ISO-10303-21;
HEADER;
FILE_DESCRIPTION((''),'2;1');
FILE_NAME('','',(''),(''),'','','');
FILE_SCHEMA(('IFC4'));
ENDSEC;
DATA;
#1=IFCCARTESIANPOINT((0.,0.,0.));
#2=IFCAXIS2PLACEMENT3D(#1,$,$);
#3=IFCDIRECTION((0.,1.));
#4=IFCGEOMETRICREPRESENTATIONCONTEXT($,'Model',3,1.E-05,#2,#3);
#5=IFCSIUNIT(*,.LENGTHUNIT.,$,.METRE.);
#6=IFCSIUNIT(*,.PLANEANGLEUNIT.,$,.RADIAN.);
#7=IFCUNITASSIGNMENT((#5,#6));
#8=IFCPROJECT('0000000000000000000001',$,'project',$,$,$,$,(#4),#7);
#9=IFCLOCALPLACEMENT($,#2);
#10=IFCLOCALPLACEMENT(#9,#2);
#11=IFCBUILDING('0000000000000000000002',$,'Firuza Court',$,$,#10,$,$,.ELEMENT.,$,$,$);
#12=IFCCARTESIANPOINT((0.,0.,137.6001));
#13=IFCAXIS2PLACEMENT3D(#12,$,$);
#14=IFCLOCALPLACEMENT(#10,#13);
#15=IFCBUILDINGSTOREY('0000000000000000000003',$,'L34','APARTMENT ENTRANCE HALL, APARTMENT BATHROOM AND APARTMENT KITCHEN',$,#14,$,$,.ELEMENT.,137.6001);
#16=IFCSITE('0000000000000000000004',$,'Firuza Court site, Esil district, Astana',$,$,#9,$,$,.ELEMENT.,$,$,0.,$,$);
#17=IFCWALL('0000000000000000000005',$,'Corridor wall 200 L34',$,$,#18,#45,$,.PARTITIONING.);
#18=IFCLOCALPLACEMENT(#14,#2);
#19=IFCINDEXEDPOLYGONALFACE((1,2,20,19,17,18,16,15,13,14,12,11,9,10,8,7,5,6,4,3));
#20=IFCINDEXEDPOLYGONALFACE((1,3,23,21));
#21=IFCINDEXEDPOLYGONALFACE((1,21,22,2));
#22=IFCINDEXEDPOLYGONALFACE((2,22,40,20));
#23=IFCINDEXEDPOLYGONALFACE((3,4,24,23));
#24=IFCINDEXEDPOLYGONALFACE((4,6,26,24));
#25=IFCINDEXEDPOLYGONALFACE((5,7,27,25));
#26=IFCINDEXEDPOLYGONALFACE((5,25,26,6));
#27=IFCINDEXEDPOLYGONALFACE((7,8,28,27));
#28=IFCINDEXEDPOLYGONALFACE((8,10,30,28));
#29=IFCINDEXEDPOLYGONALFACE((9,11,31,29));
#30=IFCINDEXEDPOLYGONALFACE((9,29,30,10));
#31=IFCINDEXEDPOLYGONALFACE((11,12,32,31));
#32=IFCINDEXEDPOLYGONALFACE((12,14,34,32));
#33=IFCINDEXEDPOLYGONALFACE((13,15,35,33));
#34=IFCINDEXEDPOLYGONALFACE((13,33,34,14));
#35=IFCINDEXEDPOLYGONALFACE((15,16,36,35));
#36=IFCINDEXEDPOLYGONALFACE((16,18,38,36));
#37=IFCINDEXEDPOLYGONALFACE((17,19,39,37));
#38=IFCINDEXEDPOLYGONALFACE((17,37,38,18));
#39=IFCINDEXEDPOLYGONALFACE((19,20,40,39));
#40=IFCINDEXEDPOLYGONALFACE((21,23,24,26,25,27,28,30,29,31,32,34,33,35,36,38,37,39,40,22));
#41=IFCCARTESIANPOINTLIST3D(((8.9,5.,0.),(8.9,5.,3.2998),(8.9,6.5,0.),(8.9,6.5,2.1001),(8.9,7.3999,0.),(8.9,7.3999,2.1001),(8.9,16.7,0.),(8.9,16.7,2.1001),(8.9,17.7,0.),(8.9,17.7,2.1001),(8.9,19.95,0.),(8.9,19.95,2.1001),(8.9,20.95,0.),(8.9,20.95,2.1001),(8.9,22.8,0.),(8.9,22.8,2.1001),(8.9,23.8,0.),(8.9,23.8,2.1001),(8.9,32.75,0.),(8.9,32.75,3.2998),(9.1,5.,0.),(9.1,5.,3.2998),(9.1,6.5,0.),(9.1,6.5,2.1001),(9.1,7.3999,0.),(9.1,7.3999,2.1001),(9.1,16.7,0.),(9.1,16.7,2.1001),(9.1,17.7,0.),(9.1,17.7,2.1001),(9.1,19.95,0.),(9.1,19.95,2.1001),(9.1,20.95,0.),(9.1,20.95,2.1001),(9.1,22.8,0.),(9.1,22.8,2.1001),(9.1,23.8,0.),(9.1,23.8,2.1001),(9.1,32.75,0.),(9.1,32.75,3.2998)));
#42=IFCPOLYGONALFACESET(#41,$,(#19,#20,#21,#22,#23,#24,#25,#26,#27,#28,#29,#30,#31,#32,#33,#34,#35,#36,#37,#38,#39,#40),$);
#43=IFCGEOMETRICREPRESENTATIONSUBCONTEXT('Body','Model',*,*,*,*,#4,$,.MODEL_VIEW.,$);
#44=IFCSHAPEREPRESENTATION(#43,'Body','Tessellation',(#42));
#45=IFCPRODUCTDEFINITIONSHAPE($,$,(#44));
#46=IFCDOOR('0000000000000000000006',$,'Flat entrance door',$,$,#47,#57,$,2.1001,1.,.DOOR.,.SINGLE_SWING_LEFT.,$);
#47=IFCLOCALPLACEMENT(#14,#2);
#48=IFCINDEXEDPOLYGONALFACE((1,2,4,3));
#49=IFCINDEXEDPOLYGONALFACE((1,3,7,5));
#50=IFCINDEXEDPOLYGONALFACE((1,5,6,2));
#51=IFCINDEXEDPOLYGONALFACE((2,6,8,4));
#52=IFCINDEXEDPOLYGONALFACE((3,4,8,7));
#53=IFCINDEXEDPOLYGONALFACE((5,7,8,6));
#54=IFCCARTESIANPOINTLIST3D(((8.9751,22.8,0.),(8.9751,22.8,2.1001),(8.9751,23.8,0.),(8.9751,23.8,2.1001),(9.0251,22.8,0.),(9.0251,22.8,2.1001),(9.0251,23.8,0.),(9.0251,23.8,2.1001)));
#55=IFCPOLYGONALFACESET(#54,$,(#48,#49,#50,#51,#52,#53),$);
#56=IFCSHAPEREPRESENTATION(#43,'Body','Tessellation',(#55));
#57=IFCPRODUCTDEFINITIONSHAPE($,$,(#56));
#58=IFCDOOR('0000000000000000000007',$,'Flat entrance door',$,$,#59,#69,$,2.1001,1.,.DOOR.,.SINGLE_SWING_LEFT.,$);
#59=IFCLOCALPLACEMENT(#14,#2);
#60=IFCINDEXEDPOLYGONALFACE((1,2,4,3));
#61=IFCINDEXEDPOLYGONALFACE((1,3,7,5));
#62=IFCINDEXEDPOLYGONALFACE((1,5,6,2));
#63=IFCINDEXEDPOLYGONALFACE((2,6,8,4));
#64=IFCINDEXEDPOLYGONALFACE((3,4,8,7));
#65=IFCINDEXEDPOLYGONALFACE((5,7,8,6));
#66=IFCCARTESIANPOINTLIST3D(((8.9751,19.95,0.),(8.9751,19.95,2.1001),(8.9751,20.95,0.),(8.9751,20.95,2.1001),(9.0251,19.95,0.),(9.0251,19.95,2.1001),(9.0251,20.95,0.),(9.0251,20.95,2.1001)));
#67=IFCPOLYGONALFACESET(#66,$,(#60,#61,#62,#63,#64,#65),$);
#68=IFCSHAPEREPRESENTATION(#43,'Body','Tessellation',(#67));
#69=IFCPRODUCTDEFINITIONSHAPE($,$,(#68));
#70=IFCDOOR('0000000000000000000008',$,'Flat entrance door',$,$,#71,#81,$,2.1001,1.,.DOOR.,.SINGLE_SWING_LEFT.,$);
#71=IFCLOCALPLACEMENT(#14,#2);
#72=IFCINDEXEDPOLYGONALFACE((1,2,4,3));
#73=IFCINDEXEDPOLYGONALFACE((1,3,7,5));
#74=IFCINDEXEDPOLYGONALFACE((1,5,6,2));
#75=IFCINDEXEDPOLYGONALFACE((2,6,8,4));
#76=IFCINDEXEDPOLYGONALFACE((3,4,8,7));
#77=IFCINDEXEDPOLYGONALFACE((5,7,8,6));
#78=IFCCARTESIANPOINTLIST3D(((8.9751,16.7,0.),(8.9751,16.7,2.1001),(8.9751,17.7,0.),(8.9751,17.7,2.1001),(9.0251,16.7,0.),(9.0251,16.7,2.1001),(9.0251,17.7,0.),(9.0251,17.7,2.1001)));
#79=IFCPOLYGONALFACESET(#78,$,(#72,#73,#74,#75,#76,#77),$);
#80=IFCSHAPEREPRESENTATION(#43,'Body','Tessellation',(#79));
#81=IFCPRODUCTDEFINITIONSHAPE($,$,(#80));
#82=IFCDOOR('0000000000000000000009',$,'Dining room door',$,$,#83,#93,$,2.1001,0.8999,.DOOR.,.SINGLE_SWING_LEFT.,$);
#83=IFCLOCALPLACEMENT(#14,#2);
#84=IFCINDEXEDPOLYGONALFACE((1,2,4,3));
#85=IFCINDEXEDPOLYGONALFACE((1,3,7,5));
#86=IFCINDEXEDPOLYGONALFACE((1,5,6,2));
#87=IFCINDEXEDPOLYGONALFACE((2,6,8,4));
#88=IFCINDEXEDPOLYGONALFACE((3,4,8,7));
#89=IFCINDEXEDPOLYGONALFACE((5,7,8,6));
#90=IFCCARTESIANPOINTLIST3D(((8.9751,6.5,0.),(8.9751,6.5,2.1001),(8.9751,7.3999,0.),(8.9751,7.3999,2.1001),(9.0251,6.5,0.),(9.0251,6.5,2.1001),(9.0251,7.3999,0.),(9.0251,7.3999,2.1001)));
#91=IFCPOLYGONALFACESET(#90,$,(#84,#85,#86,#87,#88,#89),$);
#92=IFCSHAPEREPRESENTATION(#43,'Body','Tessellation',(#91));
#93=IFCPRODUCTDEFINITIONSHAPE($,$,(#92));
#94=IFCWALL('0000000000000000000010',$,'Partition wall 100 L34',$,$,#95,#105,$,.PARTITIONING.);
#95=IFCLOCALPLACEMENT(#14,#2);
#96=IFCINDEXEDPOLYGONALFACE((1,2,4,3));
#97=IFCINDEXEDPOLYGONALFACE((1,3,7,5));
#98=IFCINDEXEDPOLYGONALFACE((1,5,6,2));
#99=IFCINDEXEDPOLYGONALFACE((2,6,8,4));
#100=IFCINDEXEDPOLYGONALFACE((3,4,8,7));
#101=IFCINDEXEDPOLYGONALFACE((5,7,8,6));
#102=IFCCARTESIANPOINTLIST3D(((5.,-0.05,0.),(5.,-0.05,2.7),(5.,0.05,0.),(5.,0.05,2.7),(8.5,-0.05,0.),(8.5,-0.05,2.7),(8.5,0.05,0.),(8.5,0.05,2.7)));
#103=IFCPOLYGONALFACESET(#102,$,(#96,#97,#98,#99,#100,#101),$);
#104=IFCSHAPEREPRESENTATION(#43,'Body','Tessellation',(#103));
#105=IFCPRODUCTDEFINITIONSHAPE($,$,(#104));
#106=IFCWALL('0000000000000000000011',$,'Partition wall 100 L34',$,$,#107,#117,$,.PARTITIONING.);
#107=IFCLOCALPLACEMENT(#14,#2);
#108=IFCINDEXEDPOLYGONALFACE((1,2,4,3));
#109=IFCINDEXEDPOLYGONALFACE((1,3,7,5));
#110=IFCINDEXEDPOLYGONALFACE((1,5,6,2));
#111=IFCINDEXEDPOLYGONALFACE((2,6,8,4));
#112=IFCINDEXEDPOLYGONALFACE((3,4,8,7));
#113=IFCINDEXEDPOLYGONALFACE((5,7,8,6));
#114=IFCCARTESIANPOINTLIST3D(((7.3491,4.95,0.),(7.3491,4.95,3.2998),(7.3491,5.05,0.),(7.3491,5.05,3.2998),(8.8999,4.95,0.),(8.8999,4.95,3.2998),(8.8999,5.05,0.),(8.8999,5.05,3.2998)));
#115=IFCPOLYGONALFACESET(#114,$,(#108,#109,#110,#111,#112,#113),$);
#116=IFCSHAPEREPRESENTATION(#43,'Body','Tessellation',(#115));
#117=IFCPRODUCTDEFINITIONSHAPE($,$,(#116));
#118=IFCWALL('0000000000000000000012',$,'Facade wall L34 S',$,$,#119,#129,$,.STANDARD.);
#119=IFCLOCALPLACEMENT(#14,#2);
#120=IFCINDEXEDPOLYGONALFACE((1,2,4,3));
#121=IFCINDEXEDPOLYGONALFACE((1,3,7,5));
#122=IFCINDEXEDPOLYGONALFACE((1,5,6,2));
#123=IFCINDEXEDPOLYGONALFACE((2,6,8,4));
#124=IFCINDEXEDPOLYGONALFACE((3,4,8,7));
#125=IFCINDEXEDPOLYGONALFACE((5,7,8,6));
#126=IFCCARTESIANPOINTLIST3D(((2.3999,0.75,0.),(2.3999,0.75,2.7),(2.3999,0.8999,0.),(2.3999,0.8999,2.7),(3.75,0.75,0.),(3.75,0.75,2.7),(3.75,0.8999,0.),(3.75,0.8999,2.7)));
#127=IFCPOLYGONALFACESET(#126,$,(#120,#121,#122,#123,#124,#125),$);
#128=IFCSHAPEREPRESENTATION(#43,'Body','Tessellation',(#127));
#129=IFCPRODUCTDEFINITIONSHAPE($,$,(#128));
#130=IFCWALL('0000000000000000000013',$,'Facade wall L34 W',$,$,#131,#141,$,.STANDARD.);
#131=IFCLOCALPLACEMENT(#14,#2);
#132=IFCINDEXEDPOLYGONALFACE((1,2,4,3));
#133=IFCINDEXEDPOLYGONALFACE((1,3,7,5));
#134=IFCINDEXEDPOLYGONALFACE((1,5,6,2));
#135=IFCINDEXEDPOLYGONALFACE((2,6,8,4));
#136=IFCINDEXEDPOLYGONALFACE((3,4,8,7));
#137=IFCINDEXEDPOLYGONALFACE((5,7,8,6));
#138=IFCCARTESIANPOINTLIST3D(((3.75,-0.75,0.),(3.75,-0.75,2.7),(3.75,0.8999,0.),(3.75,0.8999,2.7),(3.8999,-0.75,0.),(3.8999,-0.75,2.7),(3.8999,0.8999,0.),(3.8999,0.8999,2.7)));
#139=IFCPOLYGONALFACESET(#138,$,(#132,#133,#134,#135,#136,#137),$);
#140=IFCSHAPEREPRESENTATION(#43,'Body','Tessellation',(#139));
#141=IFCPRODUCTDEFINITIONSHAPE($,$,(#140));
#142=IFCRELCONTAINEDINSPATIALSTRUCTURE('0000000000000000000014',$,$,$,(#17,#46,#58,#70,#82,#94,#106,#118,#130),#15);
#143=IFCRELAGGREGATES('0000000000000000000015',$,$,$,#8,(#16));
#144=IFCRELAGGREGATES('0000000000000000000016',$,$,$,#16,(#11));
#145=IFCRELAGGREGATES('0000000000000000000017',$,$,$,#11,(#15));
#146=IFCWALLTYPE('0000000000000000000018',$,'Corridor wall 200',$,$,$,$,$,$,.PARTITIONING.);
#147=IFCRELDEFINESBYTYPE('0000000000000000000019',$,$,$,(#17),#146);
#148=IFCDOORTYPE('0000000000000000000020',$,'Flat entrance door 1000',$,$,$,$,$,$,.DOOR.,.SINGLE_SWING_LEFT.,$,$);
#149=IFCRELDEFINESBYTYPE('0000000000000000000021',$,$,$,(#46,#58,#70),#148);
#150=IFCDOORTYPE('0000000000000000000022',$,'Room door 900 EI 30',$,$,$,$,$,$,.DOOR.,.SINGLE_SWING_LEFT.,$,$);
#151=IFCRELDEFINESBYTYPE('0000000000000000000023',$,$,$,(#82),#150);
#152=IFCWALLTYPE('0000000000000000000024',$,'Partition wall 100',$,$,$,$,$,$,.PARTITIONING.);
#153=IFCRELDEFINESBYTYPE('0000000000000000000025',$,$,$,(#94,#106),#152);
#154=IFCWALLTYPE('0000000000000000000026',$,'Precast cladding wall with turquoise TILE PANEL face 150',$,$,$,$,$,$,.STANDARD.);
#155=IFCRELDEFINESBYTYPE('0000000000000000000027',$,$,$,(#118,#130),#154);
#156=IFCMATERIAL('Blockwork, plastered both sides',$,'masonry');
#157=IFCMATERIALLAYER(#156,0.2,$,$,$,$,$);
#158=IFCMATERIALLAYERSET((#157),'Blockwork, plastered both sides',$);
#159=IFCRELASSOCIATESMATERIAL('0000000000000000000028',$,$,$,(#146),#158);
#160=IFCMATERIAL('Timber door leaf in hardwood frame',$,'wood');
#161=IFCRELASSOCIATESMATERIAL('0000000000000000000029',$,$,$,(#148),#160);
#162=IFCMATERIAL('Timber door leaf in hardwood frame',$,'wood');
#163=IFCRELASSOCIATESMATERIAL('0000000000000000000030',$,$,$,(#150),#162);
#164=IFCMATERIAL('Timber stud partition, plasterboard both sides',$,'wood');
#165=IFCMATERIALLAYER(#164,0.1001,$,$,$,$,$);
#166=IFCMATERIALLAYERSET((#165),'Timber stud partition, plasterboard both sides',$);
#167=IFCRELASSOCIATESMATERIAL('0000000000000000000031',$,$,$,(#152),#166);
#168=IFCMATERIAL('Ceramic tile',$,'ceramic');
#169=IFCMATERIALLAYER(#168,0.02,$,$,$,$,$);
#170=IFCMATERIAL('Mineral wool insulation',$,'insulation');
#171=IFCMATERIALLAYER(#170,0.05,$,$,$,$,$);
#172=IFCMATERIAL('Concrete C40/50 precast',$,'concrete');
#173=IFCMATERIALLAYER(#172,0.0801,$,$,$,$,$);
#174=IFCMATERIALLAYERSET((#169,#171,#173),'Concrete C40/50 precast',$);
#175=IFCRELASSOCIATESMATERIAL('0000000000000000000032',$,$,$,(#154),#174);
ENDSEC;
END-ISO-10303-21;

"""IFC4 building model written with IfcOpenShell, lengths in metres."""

from ifc_helpers import new_model, si_unit, direction, frame, frame_2d, origin, place, context, subcontext, project, spatial, rectangle, extrude, material, layer, layer_set, type_object, element, fill, save


model = new_model("IFC4")

# Units and contexts
model_context = context("Model", 3, precision=1e-05, world=origin(), true_north=direction((0.0, 1.0)))
body_context = subcontext(model_context, "Body", "Model", "MODEL_VIEW")
ifc_project = project(units=[si_unit("LENGTHUNIT", "METRE"), si_unit("PLANEANGLEUNIT", "RADIAN")], contexts=[model_context])

# Site, building, storey
site_placement = place(None, origin())
site = spatial("IfcSite", under=ifc_project, at=site_placement, Name="Firuza Court site, Esil district, Astana", CompositionType="ELEMENT", RefElevation=0.0)
building_placement = place(site_placement, origin())
building = spatial("IfcBuilding", under=site, at=building_placement, Name="Firuza Court", CompositionType="ELEMENT")
storey_placement = place(building_placement, frame((0.0, 0.0, 137.6001)))
storey = spatial("IfcBuildingStorey", under=building, at=storey_placement, Name="L34", Description="APARTMENT ENTRANCE HALL, APARTMENT BATHROOM AND APARTMENT KITCHEN", CompositionType="ELEMENT", Elevation=137.6001)

# Wall, openings, doors
ifc_material_1 = material(Name="Blockwork, plastered both sides", Category="masonry")
ifc_layer_1 = layer(ifc_material_1, 0.2)
ifc_layer_set_1 = layer_set([ifc_layer_1], Name="Blockwork, plastered both sides")
wall_type_1 = type_object("IfcWallType", Name="Corridor wall 200", PredefinedType="PARTITIONING", material=ifc_layer_set_1)
wall_1_placement = place(storey_placement, frame((9.0, 5.0, 0.0), z_axis=(0.0, 0.0, 1.0), x_axis=(0.0, 1.0, 0.0)))
wall_1 = element("IfcWall", 1, at=wall_1_placement, inside=storey, type_object=wall_type_1, Name="Corridor wall 200 L34", PredefinedType="PARTITIONING", context=body_context, shape_type="SweptSolid", body=[
    extrude(rectangle(XDim=27.75, YDim=0.2, at=frame_2d((13.875, 0.0))), origin(), (0.0, 0.0, 1.0), 3.2998),
])
opening_1_placement = place(wall_1_placement, frame((17.8, 0.0, 0.0)))
opening_1 = element("IfcOpeningElement", 2, at=opening_1_placement, cuts=wall_1, PredefinedType="OPENING", context=body_context, shape_type="SweptSolid", body=[
    extrude(rectangle(XDim=1.0, YDim=2.1001, at=frame_2d((0.5, 1.05))), frame((0.0, 0.1118, 0.0), z_axis=(0.0, -1.0, 0.0), x_axis=(1.0, 0.0, 0.0)), (0.0, 0.0, 1.0), 0.2239),
])
opening_2_placement = place(wall_1_placement, frame((14.95, 0.0, 0.0)))
opening_2 = element("IfcOpeningElement", 3, at=opening_2_placement, cuts=wall_1, PredefinedType="OPENING", context=body_context, shape_type="SweptSolid", body=[
    extrude(rectangle(XDim=1.0, YDim=2.1001, at=frame_2d((0.5, 1.05))), frame((0.0, 0.1118, 0.0), z_axis=(0.0, -1.0, 0.0), x_axis=(1.0, 0.0, 0.0)), (0.0, 0.0, 1.0), 0.2239),
])
opening_3_placement = place(wall_1_placement, frame((11.7, 0.0, 0.0)))
opening_3 = element("IfcOpeningElement", 4, at=opening_3_placement, cuts=wall_1, PredefinedType="OPENING", context=body_context, shape_type="SweptSolid", body=[
    extrude(rectangle(XDim=1.0, YDim=2.1001, at=frame_2d((0.5, 1.05))), frame((0.0, 0.1118, 0.0), z_axis=(0.0, -1.0, 0.0), x_axis=(1.0, 0.0, 0.0)), (0.0, 0.0, 1.0), 0.2239),
])
opening_4_placement = place(wall_1_placement, frame((1.5, 0.0, 0.0)))
opening_4 = element("IfcOpeningElement", 5, at=opening_4_placement, cuts=wall_1, PredefinedType="OPENING", context=body_context, shape_type="SweptSolid", body=[
    extrude(rectangle(XDim=0.8999, YDim=2.1001, at=frame_2d((0.45, 1.05))), frame((0.0, 0.1118, 0.0), z_axis=(0.0, -1.0, 0.0), x_axis=(1.0, 0.0, 0.0)), (0.0, 0.0, 1.0), 0.2239),
])
ifc_material_2 = material(Name="Timber door leaf in hardwood frame", Category="wood")
door_type_1 = type_object("IfcDoorType", Name="Flat entrance door 1000", OperationType="SINGLE_SWING_LEFT", PredefinedType="DOOR", material=ifc_material_2)
door_1_placement = place(opening_1_placement, origin())
door_1 = element("IfcDoor", 6, at=door_1_placement, inside=storey, type_object=door_type_1, Name="Flat entrance door", OperationType="SINGLE_SWING_LEFT", OverallHeight=2.1001, OverallWidth=1.0, PredefinedType="DOOR", context=body_context, shape_type="SweptSolid", body=[
    extrude(rectangle(XDim=1.0, YDim=2.1001, at=frame_2d((0.5, 1.05))), frame((0.0, 0.0249, 0.0), z_axis=(0.0, -1.0, 0.0), x_axis=(1.0, 0.0, 0.0)), (0.0, 0.0, 1.0), 0.05),
])
fill(opening_1, door_1)
door_2_placement = place(opening_2_placement, origin())
door_2 = element("IfcDoor", 7, at=door_2_placement, inside=storey, type_object=door_type_1, Name="Flat entrance door", OperationType="SINGLE_SWING_LEFT", OverallHeight=2.1001, OverallWidth=1.0, PredefinedType="DOOR", context=body_context, shape_type="SweptSolid", body=[
    extrude(rectangle(XDim=1.0, YDim=2.1001, at=frame_2d((0.5, 1.05))), frame((0.0, 0.0249, 0.0), z_axis=(0.0, -1.0, 0.0), x_axis=(1.0, 0.0, 0.0)), (0.0, 0.0, 1.0), 0.05),
])
fill(opening_2, door_2)
door_3_placement = place(opening_3_placement, origin())
door_3 = element("IfcDoor", 8, at=door_3_placement, inside=storey, type_object=door_type_1, Name="Flat entrance door", OperationType="SINGLE_SWING_LEFT", OverallHeight=2.1001, OverallWidth=1.0, PredefinedType="DOOR", context=body_context, shape_type="SweptSolid", body=[
    extrude(rectangle(XDim=1.0, YDim=2.1001, at=frame_2d((0.5, 1.05))), frame((0.0, 0.0249, 0.0), z_axis=(0.0, -1.0, 0.0), x_axis=(1.0, 0.0, 0.0)), (0.0, 0.0, 1.0), 0.05),
])
fill(opening_3, door_3)
ifc_material_3 = material(Name="Timber door leaf in hardwood frame", Category="wood")
door_type_2 = type_object("IfcDoorType", Name="Room door 900 EI 30", OperationType="SINGLE_SWING_LEFT", PredefinedType="DOOR", material=ifc_material_3)
door_4_placement = place(opening_4_placement, origin())
door_4 = element("IfcDoor", 9, at=door_4_placement, inside=storey, type_object=door_type_2, Name="Dining room door", OperationType="SINGLE_SWING_LEFT", OverallHeight=2.1001, OverallWidth=0.8999, PredefinedType="DOOR", context=body_context, shape_type="SweptSolid", body=[
    extrude(rectangle(XDim=0.8999, YDim=2.1001, at=frame_2d((0.45, 1.05))), frame((0.0, 0.0249, 0.0), z_axis=(0.0, -1.0, 0.0), x_axis=(1.0, 0.0, 0.0)), (0.0, 0.0, 1.0), 0.05),
])
fill(opening_4, door_4)

# Walls
ifc_material_4 = material(Name="Timber stud partition, plasterboard both sides", Category="wood")
ifc_layer_2 = layer(ifc_material_4, 0.1001)
ifc_layer_set_2 = layer_set([ifc_layer_2], Name="Timber stud partition, plasterboard both sides")
wall_type_2 = type_object("IfcWallType", Name="Partition wall 100", PredefinedType="PARTITIONING", material=ifc_layer_set_2)
wall_2_placement = place(storey_placement, frame((5.0, 0.0, 0.0), z_axis=(0.0, 0.0, 1.0), x_axis=(1.0, 0.0, 0.0)))
element("IfcWall", 10, at=wall_2_placement, inside=storey, type_object=wall_type_2, Name="Partition wall 100 L34", PredefinedType="PARTITIONING", context=body_context, shape_type="SweptSolid", body=[
    extrude(rectangle(XDim=3.5, YDim=0.1001, at=frame_2d((1.75, 0.0))), origin(), (0.0, 0.0, 1.0), 2.7),
])
wall_3_placement = place(storey_placement, frame((7.3491, 5.0, 0.0), z_axis=(0.0, 0.0, 1.0), x_axis=(1.0, 0.0, 0.0)))
element("IfcWall", 11, at=wall_3_placement, inside=storey, type_object=wall_type_2, Name="Partition wall 100 L34", PredefinedType="PARTITIONING", context=body_context, shape_type="SweptSolid", body=[
    extrude(rectangle(XDim=1.5508, YDim=0.1001, at=frame_2d((0.7754, 0.0))), origin(), (0.0, 0.0, 1.0), 3.2998),
])
ifc_material_5 = material(Name="Ceramic tile", Category="ceramic")
ifc_layer_3 = layer(ifc_material_5, 0.02)
ifc_material_6 = material(Name="Mineral wool insulation", Category="insulation")
ifc_layer_4 = layer(ifc_material_6, 0.05)
ifc_material_7 = material(Name="Concrete C40/50 precast", Category="concrete")
ifc_layer_5 = layer(ifc_material_7, 0.0801)
ifc_layer_set_3 = layer_set([ifc_layer_3, ifc_layer_4, ifc_layer_5], Name="Concrete C40/50 precast")
wall_type_3 = type_object("IfcWallType", Name="Precast cladding wall with turquoise TILE PANEL face 150", PredefinedType="STANDARD", material=ifc_layer_set_3)
wall_4_placement = place(storey_placement, frame((2.3999, 0.825, 0.0), z_axis=(0.0, 0.0, 1.0), x_axis=(1.0, 0.0, 0.0)))
element("IfcWall", 12, at=wall_4_placement, inside=storey, type_object=wall_type_3, Name="Facade wall L34 S", PredefinedType="STANDARD", context=body_context, shape_type="SweptSolid", body=[
    extrude(rectangle(XDim=1.3501, YDim=0.1499, at=frame_2d((0.675, 0.0))), origin(), (0.0, 0.0, 1.0), 2.7),
])
wall_5_placement = place(storey_placement, frame((3.825, 0.8999, 0.0), z_axis=(0.0, 0.0, 1.0), x_axis=(0.0, -1.0, 0.0)))
element("IfcWall", 13, at=wall_5_placement, inside=storey, type_object=wall_type_3, Name="Facade wall L34 W", PredefinedType="STANDARD", context=body_context, shape_type="SweptSolid", body=[
    extrude(rectangle(XDim=1.6499, YDim=0.1499, at=frame_2d((0.825, 0.0))), origin(), (0.0, 0.0, 1.0), 2.7),
])

save(model, "model.ifc")
